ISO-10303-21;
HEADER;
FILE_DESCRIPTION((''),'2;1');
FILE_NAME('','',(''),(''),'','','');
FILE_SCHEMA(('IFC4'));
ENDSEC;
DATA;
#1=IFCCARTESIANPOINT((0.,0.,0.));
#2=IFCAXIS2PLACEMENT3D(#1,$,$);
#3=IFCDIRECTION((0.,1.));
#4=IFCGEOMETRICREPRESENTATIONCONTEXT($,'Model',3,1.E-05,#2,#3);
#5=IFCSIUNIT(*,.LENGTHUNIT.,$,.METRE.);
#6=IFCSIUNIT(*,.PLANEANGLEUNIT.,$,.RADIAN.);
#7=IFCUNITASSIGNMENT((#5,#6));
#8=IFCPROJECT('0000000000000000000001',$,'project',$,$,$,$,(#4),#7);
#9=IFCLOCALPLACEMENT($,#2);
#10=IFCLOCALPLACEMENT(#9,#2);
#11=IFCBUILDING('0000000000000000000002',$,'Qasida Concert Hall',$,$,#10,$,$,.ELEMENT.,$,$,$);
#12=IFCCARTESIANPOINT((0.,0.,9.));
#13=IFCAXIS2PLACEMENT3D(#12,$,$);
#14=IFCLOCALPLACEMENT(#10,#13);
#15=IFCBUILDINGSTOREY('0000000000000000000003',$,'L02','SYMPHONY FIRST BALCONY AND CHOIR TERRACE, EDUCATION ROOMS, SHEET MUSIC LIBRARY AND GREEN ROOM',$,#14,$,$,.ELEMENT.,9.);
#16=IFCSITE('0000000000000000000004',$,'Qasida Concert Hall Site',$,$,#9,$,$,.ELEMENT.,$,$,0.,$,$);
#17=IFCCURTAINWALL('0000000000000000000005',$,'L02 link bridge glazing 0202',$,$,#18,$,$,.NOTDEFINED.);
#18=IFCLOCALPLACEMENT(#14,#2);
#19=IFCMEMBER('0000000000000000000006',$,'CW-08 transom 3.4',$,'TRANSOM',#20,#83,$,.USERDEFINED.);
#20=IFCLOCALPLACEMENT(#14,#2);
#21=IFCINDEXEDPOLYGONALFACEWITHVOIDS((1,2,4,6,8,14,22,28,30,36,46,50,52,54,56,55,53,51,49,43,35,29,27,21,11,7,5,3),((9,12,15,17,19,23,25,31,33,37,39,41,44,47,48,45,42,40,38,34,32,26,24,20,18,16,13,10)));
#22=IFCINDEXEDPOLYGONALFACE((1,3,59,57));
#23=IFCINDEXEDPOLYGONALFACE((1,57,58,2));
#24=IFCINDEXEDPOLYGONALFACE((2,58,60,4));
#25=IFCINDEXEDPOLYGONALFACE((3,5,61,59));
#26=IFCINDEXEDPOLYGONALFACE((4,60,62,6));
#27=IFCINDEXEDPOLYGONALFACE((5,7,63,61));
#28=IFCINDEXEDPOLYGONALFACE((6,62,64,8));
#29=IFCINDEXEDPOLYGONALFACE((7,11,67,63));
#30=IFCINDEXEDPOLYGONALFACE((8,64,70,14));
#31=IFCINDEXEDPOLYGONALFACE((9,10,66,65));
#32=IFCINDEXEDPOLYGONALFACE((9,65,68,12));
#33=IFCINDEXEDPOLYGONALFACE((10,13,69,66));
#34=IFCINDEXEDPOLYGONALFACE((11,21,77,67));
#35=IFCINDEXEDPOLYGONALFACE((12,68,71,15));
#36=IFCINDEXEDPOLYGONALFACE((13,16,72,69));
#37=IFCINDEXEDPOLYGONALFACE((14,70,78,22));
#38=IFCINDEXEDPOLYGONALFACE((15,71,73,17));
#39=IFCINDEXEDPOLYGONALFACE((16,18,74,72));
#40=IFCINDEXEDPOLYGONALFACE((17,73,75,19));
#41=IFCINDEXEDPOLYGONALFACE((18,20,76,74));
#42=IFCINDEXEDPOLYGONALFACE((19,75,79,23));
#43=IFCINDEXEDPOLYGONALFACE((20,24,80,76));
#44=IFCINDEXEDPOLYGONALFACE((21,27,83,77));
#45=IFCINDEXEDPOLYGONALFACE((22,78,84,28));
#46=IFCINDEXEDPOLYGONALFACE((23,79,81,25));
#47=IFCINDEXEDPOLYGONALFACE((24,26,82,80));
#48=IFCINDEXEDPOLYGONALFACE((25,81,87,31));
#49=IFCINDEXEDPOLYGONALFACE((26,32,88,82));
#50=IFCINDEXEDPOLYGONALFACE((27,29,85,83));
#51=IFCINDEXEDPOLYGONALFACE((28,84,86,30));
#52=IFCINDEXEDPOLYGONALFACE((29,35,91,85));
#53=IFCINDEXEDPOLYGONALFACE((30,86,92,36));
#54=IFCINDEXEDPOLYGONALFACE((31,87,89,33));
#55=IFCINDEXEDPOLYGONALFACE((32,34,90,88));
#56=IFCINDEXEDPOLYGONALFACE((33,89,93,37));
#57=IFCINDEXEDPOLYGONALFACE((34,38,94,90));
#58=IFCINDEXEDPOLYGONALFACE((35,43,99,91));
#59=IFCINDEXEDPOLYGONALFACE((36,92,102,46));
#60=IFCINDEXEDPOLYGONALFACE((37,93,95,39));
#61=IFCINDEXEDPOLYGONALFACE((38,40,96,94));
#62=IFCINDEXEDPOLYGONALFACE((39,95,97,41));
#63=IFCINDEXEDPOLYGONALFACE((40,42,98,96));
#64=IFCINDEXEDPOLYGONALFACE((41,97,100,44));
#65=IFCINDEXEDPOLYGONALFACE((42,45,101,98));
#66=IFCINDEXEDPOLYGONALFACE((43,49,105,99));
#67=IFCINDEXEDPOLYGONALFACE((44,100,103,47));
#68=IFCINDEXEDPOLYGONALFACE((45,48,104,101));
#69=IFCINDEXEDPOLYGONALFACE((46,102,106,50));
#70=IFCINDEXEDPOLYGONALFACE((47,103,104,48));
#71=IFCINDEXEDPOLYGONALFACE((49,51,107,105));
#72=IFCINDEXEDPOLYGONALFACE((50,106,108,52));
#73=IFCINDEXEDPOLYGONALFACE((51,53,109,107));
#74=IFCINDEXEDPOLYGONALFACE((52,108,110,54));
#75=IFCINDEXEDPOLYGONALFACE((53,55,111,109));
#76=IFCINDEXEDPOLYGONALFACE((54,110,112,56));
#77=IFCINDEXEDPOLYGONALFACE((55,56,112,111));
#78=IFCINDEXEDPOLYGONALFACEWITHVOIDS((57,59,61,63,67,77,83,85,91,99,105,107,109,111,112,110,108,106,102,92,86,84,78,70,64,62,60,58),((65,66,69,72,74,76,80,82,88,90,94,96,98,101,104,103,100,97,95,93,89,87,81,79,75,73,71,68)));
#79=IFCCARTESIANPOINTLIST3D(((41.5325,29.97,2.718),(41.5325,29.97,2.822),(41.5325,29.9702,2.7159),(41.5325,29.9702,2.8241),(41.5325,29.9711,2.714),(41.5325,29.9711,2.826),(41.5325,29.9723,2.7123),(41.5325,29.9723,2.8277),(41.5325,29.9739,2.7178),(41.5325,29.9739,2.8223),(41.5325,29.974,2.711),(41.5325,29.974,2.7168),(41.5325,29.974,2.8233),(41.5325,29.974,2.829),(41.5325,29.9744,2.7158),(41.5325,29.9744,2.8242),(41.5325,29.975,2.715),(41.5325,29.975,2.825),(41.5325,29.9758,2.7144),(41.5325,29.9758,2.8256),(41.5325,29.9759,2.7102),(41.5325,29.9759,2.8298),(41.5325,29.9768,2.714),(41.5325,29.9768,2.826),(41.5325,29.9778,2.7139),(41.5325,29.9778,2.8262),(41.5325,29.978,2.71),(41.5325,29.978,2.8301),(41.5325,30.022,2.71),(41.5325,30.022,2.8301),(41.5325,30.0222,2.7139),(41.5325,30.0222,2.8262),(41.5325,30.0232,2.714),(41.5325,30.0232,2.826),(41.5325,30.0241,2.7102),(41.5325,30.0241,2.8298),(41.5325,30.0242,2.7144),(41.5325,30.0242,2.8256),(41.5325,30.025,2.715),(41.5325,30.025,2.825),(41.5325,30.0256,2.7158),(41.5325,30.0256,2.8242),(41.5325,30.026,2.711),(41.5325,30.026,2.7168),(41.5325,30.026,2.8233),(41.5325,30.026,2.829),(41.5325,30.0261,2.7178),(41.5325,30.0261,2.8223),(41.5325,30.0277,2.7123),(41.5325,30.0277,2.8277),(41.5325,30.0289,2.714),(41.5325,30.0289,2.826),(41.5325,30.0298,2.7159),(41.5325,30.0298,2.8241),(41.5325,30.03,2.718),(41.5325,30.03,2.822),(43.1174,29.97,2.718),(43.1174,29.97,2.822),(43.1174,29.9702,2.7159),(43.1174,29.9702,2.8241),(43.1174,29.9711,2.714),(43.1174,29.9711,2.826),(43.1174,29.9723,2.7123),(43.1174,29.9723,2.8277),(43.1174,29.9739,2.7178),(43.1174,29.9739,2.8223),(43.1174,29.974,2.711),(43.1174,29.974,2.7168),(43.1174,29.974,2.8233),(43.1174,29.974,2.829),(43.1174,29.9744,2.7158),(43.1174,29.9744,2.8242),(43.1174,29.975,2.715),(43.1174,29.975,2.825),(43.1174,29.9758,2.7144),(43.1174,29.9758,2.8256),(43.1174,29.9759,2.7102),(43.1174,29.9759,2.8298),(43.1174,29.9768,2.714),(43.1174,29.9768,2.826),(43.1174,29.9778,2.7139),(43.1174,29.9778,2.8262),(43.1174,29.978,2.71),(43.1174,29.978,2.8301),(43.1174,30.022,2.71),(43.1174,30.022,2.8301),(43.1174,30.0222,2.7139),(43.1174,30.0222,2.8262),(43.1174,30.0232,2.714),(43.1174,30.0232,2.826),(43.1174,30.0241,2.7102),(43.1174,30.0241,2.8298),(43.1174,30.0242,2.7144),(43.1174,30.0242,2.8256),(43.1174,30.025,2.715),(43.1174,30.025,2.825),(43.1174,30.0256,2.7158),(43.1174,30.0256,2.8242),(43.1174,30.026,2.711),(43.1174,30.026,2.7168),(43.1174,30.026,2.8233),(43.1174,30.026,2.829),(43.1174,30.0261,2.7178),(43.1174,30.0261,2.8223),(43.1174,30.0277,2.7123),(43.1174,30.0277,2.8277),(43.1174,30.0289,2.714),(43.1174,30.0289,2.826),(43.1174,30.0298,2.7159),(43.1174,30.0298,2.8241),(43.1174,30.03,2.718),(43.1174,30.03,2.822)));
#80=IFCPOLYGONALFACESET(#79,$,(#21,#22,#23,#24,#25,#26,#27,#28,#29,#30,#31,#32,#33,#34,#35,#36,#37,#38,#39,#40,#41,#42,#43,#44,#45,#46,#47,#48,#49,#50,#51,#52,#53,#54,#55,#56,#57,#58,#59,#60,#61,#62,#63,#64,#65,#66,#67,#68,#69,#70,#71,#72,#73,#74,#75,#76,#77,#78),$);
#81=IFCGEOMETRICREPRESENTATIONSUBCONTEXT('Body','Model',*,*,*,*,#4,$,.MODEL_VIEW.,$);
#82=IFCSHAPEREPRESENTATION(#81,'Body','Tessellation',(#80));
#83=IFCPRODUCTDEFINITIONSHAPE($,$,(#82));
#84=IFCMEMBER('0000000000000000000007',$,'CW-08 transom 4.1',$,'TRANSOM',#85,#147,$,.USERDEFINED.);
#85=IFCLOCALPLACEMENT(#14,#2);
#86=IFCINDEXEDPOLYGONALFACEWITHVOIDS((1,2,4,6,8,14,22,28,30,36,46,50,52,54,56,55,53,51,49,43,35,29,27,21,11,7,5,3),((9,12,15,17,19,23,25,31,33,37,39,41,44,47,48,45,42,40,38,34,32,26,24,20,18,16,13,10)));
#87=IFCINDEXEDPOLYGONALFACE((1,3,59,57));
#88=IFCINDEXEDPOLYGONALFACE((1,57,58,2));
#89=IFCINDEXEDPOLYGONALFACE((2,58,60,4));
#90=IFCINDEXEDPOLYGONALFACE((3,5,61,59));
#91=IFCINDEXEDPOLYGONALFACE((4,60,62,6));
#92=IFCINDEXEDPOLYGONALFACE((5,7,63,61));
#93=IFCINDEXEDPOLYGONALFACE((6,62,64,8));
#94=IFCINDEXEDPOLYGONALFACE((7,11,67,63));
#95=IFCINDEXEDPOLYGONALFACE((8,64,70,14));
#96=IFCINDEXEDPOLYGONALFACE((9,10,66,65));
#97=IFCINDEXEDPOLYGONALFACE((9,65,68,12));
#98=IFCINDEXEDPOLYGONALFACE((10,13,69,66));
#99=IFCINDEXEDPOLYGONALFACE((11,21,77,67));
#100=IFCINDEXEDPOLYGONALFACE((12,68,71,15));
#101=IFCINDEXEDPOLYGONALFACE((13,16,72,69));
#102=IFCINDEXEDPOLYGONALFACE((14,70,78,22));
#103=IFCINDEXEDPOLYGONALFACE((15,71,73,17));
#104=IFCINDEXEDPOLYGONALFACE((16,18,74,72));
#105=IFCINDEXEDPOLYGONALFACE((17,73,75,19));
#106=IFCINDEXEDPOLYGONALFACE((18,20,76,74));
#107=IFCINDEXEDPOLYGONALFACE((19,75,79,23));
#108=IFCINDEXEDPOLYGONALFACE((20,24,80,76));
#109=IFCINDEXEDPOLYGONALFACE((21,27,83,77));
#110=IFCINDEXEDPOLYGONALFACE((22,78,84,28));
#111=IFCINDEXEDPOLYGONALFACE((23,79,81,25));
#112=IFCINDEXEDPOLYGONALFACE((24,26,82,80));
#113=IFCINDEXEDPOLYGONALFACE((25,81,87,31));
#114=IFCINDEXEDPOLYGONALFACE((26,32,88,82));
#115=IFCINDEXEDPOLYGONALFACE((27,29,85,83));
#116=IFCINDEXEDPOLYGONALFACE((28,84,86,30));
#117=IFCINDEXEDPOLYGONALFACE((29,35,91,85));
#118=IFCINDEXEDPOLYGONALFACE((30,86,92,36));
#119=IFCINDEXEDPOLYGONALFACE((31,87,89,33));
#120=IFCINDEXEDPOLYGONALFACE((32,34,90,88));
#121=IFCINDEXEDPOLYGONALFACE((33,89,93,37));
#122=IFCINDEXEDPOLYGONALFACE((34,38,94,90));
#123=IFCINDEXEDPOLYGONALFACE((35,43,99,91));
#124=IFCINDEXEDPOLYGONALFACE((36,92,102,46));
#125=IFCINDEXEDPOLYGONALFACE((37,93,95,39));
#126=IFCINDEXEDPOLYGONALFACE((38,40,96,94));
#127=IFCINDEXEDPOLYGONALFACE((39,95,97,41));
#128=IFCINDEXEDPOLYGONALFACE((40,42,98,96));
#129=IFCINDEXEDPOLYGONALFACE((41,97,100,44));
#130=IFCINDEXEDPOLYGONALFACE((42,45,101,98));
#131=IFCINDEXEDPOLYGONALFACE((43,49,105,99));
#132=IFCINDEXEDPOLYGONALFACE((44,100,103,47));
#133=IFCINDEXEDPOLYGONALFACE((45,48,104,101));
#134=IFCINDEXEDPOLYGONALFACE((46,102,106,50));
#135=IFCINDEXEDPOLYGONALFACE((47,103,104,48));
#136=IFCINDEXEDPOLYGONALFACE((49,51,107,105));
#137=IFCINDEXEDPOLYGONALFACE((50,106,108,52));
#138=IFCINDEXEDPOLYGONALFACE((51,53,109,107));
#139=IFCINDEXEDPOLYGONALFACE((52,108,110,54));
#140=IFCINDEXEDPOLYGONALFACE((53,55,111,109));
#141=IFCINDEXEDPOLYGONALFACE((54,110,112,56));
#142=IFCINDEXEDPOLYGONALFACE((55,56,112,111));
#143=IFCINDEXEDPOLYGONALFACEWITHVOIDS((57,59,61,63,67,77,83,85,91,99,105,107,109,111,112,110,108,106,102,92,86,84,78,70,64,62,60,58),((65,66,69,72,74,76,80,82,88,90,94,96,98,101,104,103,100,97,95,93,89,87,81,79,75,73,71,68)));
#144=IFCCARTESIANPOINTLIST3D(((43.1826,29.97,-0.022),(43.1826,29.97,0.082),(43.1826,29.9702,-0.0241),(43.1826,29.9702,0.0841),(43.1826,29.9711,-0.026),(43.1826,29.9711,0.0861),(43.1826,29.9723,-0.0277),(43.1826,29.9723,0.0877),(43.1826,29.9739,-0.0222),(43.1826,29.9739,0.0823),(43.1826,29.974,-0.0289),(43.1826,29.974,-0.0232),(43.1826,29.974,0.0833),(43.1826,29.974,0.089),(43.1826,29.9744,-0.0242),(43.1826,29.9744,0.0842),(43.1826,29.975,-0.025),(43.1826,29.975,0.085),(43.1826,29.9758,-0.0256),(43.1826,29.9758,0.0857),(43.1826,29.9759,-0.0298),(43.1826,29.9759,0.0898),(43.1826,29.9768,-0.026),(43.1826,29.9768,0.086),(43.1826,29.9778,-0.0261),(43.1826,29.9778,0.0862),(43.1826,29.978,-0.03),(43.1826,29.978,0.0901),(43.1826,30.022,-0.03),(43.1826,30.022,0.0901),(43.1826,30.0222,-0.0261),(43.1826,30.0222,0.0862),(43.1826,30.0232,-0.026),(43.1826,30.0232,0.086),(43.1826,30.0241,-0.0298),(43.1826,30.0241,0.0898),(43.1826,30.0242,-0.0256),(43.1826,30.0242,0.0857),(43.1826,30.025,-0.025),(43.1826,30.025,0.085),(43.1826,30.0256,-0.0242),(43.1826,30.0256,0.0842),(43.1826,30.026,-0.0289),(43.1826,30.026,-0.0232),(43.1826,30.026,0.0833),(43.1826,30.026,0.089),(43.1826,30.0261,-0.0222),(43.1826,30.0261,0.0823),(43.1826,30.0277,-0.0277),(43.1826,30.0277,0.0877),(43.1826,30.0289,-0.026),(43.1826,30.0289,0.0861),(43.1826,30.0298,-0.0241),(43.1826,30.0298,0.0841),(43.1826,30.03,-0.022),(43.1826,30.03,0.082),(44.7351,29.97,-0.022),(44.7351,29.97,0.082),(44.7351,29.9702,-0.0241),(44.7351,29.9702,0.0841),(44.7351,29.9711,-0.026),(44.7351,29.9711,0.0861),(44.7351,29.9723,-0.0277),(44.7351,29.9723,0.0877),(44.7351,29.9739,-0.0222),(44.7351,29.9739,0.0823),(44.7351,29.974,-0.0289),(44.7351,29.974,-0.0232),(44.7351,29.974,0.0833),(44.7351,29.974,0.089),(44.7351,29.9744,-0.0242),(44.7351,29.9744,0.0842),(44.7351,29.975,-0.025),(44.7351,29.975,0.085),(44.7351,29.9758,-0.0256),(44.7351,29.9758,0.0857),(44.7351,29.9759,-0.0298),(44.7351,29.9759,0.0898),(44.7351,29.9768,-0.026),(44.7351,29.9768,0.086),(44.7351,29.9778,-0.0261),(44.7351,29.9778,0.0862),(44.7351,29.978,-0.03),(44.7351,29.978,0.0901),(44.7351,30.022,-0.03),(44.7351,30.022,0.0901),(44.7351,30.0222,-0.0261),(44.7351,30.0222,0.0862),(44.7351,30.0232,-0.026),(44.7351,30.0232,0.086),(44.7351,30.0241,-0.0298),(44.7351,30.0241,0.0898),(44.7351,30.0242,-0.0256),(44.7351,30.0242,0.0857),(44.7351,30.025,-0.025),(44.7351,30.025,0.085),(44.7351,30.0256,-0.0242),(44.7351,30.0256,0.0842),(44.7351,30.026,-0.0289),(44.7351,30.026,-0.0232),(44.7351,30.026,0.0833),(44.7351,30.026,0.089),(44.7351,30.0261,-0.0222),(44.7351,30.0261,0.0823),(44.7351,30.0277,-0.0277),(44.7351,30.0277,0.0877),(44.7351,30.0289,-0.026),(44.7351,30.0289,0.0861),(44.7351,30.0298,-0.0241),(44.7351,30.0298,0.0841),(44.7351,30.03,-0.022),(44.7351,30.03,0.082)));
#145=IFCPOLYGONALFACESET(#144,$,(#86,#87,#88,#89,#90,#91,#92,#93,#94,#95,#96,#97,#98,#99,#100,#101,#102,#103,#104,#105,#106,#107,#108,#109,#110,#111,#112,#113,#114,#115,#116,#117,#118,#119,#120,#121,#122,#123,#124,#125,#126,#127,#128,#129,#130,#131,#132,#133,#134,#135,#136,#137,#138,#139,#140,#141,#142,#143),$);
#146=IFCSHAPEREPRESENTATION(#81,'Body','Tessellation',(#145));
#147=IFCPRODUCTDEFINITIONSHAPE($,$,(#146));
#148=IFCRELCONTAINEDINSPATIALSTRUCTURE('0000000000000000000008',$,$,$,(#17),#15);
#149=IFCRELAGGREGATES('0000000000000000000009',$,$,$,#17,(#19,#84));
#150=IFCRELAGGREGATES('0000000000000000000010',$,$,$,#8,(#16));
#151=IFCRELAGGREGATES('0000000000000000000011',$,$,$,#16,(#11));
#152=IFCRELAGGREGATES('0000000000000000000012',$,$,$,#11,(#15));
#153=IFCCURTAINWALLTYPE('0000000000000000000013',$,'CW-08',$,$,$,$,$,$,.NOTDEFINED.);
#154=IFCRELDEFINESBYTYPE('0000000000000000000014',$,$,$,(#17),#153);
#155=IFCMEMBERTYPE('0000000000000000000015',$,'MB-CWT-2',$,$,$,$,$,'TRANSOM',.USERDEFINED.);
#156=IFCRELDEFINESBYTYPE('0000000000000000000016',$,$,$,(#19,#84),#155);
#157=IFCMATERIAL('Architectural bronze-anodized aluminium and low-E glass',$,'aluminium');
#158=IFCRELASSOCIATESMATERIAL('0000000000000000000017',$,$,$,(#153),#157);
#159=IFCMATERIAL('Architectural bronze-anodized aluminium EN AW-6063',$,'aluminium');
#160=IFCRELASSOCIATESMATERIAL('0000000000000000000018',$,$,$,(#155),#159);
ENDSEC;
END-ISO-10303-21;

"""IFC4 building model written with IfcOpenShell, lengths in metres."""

from ifc_helpers import new_model, si_unit, direction, frame, origin, origin_2d, place, context, subcontext, project, spatial, hollow_rectangle, extrude, material, material_profile, profile_set, type_object, element, aggregate, save


model = new_model("IFC4")

# Units and contexts
model_context = context("Model", 3, precision=1e-05, world=origin(), true_north=direction((0.0, 1.0)))
body_context = subcontext(model_context, "Body", "Model", "MODEL_VIEW")
ifc_project = project(units=[si_unit("LENGTHUNIT", "METRE"), si_unit("PLANEANGLEUNIT", "RADIAN")], contexts=[model_context])

# Site, building, storey
site_placement = place(None, origin())
site = spatial("IfcSite", under=ifc_project, at=site_placement, Name="Qasida Concert Hall Site", CompositionType="ELEMENT", RefElevation=0.0)
building_placement = place(site_placement, origin())
building = spatial("IfcBuilding", under=site, at=building_placement, Name="Qasida Concert Hall", CompositionType="ELEMENT")
storey_placement = place(building_placement, frame((0.0, 0.0, 9.0)))
storey = spatial("IfcBuildingStorey", under=building, at=storey_placement, Name="L02", Description="SYMPHONY FIRST BALCONY AND CHOIR TERRACE, EDUCATION ROOMS, SHEET MUSIC LIBRARY AND GREEN ROOM", CompositionType="ELEMENT", Elevation=9.0)

# Curtain wall, members
ifc_material_1 = material(Name="Architectural bronze-anodized aluminium and low-E glass", Category="aluminium")
curtain_wall_type = type_object("IfcCurtainWallType", Name="CW-08", PredefinedType="NOTDEFINED", material=ifc_material_1)
curtain_wall_placement = place(storey_placement, origin())
curtain_wall = element("IfcCurtainWall", 1, at=curtain_wall_placement, inside=storey, type_object=curtain_wall_type, Name="L02 link bridge glazing 0202", PredefinedType="NOTDEFINED")
ifc_material_2 = material(Name="Architectural bronze-anodized aluminium EN AW-6063", Category="aluminium")
ifc_material_profile_1 = material_profile(ifc_material_2, hollow_rectangle(XDim=0.0601, YDim=0.1201, WallThickness=0.0039, InnerFilletRadius=0.0039, OuterFilletRadius=0.0081, at=origin_2d()), Name="CWT 120x60x4")
ifc_profile_set_1 = profile_set([ifc_material_profile_1], Name="Architectural bronze-anodized aluminium EN AW-6063")
member_type_1 = type_object("IfcMemberType", Name="MB-CWT-2", ElementType="TRANSOM", PredefinedType="USERDEFINED", material=ifc_profile_set_1)
member_1_placement = place(storey_placement, frame((41.5325, 30.0, 2.77), z_axis=(1.0, 0.0, 0.0), x_axis=(0.0, 1.0, 0.0)))
member_1 = element("IfcMember", 2, at=member_1_placement, type_object=member_type_1, Name="CW-08 transom 3.4", ObjectType="TRANSOM", PredefinedType="USERDEFINED", context=body_context, shape_type="SweptSolid", body=[
    extrude(hollow_rectangle(XDim=0.0601, YDim=0.1201, WallThickness=0.0039, InnerFilletRadius=0.0039, OuterFilletRadius=0.0081, at=origin_2d()), origin(), (0.0, 0.0, 1.0), 1.585),
])
member_2_placement = place(storey_placement, frame((43.1826, 30.0, 0.03), z_axis=(1.0, 0.0, 0.0), x_axis=(0.0, 1.0, 0.0)))
member_2 = element("IfcMember", 3, at=member_2_placement, type_object=member_type_1, Name="CW-08 transom 4.1", ObjectType="TRANSOM", PredefinedType="USERDEFINED", context=body_context, shape_type="SweptSolid", body=[
    extrude(hollow_rectangle(XDim=0.0601, YDim=0.1201, WallThickness=0.0039, InnerFilletRadius=0.0039, OuterFilletRadius=0.0081, at=origin_2d()), origin(), (0.0, 0.0, 1.0), 1.5525),
])
aggregate(curtain_wall, [member_1, member_2])

save(model, "model.ifc")
